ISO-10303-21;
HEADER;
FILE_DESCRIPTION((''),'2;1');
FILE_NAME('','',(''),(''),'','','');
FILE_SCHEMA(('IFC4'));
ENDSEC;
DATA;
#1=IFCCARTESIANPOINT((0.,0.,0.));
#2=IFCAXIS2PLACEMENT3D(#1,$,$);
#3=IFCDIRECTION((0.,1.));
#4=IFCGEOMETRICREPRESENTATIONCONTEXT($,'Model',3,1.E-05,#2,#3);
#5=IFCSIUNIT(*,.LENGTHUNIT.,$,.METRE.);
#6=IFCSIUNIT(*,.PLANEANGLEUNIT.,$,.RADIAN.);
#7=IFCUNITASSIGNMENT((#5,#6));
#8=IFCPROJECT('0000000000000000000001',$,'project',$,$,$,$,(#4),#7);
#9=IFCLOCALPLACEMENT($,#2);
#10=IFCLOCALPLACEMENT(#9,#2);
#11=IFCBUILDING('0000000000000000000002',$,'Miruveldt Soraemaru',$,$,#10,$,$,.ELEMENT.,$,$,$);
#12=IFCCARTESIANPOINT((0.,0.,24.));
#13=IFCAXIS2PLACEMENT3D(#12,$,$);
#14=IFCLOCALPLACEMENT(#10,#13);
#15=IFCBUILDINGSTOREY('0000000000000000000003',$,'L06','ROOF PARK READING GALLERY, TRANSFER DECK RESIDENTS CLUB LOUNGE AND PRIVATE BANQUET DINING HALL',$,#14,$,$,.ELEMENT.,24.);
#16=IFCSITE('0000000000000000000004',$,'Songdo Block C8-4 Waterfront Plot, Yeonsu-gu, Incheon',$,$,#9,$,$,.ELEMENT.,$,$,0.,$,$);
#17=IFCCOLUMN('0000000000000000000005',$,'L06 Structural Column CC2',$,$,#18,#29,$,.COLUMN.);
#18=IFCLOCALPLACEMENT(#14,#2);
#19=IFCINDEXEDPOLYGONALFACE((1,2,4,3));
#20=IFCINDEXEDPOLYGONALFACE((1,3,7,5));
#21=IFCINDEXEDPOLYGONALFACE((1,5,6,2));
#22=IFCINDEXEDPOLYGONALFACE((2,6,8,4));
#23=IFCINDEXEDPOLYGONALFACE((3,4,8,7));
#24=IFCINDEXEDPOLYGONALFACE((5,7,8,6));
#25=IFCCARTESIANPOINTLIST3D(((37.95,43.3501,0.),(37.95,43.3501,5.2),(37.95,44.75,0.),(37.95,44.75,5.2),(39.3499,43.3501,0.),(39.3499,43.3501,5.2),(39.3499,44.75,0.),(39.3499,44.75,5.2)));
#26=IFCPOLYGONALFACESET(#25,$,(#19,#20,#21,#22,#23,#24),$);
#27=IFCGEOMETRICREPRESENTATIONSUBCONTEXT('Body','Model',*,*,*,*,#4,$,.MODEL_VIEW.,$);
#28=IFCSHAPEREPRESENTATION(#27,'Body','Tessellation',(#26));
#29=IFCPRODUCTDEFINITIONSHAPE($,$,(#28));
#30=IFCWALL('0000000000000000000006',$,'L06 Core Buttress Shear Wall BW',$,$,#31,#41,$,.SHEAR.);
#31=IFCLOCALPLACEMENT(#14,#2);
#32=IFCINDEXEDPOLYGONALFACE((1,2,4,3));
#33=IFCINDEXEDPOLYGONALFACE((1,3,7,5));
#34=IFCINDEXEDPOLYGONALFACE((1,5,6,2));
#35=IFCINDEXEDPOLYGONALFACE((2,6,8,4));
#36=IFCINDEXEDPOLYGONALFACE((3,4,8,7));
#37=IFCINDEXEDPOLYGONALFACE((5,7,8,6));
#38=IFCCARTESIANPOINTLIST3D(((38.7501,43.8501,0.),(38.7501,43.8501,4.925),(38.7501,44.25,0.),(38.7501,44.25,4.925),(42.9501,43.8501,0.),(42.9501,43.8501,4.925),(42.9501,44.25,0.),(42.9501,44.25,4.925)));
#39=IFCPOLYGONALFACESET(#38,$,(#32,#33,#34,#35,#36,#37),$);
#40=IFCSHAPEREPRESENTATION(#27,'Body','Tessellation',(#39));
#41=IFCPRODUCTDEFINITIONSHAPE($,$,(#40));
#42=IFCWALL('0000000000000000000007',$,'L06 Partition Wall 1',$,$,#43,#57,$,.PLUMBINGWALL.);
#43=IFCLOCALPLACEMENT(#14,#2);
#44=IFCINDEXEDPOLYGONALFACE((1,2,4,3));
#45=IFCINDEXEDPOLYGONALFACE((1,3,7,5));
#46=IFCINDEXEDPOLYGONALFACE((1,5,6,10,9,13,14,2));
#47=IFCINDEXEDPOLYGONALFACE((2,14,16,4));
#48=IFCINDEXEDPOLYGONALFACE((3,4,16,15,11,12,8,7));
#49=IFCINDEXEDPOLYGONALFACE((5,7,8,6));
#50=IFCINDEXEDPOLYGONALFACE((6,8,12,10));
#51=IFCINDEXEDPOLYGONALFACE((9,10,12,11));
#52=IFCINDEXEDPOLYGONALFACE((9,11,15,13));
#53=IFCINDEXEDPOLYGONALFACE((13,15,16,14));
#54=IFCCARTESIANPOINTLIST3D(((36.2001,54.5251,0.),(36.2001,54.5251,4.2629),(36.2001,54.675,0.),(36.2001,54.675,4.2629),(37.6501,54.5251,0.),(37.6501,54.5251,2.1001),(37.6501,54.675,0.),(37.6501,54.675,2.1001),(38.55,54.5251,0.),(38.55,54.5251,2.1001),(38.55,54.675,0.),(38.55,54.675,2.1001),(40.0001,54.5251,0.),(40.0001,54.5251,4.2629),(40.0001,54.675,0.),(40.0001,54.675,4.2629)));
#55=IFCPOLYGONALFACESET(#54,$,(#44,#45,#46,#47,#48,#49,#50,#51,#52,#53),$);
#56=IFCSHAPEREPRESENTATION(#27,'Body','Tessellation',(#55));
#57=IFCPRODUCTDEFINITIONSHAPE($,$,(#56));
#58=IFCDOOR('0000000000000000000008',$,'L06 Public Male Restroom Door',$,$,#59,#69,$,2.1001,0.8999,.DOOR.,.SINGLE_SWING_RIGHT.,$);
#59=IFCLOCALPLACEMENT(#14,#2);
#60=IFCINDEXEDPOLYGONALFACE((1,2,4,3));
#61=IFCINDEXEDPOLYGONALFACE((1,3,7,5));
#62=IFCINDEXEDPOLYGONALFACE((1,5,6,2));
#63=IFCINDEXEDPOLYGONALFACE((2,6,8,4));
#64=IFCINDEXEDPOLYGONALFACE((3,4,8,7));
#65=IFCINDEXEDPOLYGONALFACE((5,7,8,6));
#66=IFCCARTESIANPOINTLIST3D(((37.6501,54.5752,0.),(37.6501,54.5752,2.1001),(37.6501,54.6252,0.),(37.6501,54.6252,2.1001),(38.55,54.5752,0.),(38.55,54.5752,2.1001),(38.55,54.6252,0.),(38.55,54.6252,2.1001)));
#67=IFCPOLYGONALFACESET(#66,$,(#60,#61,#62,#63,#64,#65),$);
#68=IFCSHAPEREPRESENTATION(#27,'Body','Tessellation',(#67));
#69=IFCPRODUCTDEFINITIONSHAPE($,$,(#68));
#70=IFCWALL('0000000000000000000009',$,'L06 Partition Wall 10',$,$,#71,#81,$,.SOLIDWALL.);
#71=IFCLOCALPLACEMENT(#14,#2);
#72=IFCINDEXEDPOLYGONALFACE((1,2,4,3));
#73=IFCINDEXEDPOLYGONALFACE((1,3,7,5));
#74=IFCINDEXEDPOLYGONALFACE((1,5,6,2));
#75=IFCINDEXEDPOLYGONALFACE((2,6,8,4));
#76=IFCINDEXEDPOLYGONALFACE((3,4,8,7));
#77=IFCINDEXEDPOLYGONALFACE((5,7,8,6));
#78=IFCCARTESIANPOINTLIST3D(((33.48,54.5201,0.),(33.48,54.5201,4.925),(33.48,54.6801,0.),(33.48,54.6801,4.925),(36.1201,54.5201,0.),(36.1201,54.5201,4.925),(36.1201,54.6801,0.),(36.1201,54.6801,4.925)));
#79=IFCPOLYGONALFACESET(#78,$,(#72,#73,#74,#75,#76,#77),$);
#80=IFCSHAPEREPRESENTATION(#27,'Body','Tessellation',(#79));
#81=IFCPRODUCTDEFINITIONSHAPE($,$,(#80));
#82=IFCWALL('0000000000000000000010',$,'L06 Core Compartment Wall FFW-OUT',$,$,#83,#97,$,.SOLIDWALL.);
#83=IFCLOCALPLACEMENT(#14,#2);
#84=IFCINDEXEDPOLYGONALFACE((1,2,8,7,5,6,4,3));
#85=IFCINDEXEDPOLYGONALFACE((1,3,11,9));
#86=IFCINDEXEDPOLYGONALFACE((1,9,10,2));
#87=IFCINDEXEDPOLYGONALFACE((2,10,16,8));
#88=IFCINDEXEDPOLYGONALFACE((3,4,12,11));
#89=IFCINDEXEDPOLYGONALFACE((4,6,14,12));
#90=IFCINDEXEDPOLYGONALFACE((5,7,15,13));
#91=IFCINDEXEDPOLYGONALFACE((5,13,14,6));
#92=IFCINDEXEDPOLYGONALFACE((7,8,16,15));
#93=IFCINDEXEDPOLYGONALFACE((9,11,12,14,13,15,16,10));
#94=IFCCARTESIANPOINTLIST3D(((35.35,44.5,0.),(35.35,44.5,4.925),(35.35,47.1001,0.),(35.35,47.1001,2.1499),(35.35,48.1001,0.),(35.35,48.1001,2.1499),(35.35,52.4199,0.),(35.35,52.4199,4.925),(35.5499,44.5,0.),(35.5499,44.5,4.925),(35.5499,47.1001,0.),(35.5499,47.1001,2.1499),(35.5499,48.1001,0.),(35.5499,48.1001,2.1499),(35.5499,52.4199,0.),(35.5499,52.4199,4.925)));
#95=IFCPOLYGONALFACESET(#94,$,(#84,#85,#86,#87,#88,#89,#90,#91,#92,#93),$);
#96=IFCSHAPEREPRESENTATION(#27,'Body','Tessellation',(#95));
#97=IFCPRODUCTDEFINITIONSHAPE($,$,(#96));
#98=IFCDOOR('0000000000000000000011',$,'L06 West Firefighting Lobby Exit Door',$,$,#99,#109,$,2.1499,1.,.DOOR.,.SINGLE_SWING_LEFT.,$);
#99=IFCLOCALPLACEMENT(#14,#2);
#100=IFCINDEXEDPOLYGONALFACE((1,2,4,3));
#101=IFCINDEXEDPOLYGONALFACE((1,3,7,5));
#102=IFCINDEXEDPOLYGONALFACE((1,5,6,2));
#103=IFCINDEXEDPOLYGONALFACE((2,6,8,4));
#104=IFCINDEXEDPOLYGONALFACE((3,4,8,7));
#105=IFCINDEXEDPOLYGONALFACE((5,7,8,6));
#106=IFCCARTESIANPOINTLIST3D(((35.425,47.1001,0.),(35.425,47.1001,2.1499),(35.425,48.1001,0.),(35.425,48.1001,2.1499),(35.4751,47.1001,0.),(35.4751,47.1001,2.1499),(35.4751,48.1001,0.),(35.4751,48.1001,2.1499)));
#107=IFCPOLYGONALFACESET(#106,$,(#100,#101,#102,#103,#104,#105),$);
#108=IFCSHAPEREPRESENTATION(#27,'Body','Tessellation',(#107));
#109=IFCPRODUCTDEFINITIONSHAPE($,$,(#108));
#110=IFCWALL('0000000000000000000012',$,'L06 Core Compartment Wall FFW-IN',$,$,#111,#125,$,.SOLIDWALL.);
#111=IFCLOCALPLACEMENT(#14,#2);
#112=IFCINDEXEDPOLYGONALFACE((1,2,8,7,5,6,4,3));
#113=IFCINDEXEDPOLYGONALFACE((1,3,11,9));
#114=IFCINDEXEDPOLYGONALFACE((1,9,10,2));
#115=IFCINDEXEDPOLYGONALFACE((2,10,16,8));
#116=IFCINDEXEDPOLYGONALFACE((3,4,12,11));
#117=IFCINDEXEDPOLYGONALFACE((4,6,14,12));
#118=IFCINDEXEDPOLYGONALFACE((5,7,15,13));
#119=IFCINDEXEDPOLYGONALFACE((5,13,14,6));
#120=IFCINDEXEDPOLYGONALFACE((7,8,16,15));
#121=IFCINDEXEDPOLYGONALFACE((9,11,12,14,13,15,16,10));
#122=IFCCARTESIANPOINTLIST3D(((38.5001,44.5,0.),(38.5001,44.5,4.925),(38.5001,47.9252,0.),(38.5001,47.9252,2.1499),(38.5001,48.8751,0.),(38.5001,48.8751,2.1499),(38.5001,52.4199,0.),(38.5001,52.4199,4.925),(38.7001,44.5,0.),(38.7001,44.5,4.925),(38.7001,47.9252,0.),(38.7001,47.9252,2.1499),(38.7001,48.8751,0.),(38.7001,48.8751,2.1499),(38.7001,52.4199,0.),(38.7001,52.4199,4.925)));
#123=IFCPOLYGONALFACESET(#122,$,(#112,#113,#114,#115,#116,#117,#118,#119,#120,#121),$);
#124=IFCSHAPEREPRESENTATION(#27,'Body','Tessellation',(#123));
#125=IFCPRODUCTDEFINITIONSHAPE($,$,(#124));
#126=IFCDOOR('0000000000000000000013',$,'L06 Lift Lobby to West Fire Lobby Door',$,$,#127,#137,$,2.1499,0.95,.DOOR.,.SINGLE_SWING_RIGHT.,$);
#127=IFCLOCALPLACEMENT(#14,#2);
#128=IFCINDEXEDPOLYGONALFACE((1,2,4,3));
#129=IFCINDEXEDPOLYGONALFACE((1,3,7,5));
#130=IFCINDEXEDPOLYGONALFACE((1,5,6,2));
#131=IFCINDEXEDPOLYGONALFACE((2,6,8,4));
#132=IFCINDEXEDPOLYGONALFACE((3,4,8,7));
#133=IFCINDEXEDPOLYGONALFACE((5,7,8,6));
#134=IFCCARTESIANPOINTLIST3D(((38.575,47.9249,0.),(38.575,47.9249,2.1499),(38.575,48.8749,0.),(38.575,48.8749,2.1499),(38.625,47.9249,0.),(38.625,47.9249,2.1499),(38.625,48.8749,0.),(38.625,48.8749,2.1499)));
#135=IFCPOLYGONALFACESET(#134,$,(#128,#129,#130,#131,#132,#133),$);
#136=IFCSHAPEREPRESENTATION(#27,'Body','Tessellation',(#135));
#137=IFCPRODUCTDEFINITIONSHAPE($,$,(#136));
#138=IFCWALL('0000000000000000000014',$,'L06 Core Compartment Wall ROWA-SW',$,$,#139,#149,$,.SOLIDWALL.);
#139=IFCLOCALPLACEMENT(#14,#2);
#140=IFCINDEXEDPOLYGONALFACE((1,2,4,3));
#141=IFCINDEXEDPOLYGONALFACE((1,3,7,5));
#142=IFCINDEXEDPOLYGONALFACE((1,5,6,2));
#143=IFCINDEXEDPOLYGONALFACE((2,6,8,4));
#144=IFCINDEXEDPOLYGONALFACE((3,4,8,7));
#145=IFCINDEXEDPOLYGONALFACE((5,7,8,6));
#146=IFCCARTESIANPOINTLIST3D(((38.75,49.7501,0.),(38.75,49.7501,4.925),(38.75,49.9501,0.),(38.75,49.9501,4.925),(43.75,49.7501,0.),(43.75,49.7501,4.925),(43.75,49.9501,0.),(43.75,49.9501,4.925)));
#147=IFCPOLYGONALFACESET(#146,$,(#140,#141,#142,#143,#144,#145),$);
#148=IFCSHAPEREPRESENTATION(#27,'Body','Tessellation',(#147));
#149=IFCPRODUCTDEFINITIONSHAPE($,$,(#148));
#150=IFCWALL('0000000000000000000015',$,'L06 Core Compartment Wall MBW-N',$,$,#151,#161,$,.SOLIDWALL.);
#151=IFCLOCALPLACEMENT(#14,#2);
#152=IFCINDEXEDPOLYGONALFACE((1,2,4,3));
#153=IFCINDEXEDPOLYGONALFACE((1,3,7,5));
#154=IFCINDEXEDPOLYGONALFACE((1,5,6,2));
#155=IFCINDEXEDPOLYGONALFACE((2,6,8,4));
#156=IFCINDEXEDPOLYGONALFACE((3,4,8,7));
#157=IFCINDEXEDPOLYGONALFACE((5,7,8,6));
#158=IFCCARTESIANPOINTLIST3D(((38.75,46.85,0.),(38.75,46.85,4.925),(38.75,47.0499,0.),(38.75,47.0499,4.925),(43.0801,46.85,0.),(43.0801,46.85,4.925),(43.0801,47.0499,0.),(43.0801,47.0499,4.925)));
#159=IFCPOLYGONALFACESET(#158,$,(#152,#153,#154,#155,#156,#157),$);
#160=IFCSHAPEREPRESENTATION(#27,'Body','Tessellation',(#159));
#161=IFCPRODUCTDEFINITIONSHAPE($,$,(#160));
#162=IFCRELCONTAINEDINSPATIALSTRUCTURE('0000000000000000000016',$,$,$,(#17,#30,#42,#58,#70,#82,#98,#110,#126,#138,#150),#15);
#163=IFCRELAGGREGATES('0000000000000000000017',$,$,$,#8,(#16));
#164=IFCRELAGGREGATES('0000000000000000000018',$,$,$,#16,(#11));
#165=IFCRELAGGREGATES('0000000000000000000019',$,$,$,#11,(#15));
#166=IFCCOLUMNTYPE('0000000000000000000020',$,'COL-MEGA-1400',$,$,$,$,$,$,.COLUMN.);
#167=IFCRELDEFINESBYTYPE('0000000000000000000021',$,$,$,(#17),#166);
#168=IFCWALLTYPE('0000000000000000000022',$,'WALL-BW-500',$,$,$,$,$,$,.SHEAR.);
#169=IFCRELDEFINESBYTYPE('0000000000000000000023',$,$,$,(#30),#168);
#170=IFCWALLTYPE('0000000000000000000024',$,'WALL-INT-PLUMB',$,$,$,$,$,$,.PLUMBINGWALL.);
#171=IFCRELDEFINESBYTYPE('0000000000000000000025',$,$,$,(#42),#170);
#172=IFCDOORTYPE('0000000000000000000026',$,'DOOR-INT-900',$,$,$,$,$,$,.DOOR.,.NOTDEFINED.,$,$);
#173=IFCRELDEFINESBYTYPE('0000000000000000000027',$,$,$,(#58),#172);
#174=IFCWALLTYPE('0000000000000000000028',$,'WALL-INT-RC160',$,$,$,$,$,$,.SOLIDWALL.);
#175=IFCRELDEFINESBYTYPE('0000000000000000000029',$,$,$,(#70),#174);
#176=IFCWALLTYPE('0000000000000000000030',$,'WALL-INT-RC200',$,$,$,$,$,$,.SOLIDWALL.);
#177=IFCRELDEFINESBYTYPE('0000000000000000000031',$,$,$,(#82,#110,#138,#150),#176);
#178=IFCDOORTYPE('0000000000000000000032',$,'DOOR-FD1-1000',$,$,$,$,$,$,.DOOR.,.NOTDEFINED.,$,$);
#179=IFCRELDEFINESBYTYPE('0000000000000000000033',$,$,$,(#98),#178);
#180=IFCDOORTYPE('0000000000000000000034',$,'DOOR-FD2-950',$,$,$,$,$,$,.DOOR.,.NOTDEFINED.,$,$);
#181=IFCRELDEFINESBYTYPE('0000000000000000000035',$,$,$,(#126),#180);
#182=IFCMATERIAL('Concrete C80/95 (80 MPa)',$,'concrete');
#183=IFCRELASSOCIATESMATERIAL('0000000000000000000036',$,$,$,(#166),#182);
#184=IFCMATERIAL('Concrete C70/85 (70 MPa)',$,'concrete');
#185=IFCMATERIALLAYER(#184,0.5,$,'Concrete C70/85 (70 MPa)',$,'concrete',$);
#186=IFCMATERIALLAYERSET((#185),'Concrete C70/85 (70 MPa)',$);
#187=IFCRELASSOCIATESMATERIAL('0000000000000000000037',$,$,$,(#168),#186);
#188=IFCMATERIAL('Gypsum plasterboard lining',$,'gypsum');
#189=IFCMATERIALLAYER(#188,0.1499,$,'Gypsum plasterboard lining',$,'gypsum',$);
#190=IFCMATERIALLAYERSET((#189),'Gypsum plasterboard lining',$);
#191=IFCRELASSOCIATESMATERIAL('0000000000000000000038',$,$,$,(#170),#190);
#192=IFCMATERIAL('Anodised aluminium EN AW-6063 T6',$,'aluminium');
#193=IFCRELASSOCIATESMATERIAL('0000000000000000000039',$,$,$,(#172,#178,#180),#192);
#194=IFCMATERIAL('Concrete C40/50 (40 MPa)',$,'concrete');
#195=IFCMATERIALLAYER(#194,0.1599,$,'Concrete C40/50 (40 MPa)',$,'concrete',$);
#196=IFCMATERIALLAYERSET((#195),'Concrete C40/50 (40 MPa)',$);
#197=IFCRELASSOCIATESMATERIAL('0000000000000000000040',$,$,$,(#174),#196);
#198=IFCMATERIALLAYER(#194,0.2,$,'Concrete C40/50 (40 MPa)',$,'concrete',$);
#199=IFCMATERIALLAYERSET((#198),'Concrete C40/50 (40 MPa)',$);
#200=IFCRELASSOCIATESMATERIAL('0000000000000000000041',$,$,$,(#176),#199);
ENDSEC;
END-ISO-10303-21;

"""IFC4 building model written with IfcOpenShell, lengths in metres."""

from ifc_helpers import new_model, si_unit, direction, frame, frame_2d, origin, origin_2d, place, context, subcontext, project, spatial, rectangle, extrude, material, layer, layer_set, material_profile, profile_set, type_object, element, fill, save


model = new_model("IFC4")

# Units and contexts
model_context = context("Model", 3, precision=1e-05, world=origin(), true_north=direction((0.0, 1.0)))
body_context = subcontext(model_context, "Body", "Model", "MODEL_VIEW")
ifc_project = project(units=[si_unit("LENGTHUNIT", "METRE"), si_unit("PLANEANGLEUNIT", "RADIAN")], contexts=[model_context])

# Site, building, storey
site_placement = place(None, origin())
site = spatial("IfcSite", under=ifc_project, at=site_placement, Name="Songdo Block C8-4 Waterfront Plot, Yeonsu-gu, Incheon", CompositionType="ELEMENT", RefElevation=0.0)
building_placement = place(site_placement, origin())
building = spatial("IfcBuilding", under=site, at=building_placement, Name="Miruveldt Soraemaru", CompositionType="ELEMENT")
storey_placement = place(building_placement, frame((0.0, 0.0, 24.0)))
storey = spatial("IfcBuildingStorey", under=building, at=storey_placement, Name="L06", Description="ROOF PARK READING GALLERY, TRANSFER DECK RESIDENTS CLUB LOUNGE AND PRIVATE BANQUET DINING HALL", CompositionType="ELEMENT", Elevation=24.0)

# Column
ifc_material_1 = material(Name="Concrete C80/95 (80 MPa)", Category="concrete")
ifc_material_profile = material_profile(ifc_material_1, rectangle(XDim=1.3999, YDim=1.3999, at=origin_2d()), Name="Concrete C80/95 (80 MPa)", Category="concrete")
ifc_profile_set = profile_set([ifc_material_profile], Name="Concrete C80/95 (80 MPa)")
column_type = type_object("IfcColumnType", Name="COL-MEGA-1400", PredefinedType="COLUMN", material=ifc_profile_set)
column_placement = place(storey_placement, frame((38.6499, 44.05, 0.0), z_axis=(0.0, 0.0, 1.0), x_axis=(1.0, 0.0, 0.0)))
element("IfcColumn", 1, at=column_placement, inside=storey, type_object=column_type, Name="L06 Structural Column CC2", PredefinedType="COLUMN", context=body_context, shape_type="SweptSolid", body=[
    extrude(rectangle(XDim=1.3999, YDim=1.3999, at=origin_2d()), origin(), (0.0, 0.0, 1.0), 5.2),
])

# Wall
ifc_material_2 = material(Name="Concrete C70/85 (70 MPa)", Category="concrete")
ifc_layer_1 = layer(ifc_material_2, 0.5, Name="Concrete C70/85 (70 MPa)", Category="concrete")
ifc_layer_set_1 = layer_set([ifc_layer_1], Name="Concrete C70/85 (70 MPa)")
wall_type_1 = type_object("IfcWallType", Name="WALL-BW-500", PredefinedType="SHEAR", material=ifc_layer_set_1)
wall_1_placement = place(storey_placement, frame((38.75, 44.05, 0.0), z_axis=(0.0, 0.0, 1.0), x_axis=(1.0, 0.0, 0.0)))
element("IfcWall", 2, at=wall_1_placement, inside=storey, type_object=wall_type_1, Name="L06 Core Buttress Shear Wall BW", PredefinedType="SHEAR", context=body_context, shape_type="SweptSolid", body=[
    extrude(rectangle(XDim=4.2, YDim=0.3999, at=frame_2d((2.1001, 0.0))), origin(), (0.0, 0.0, 1.0), 4.925),
])

# Wall, opening, door
ifc_material_3 = material(Name="Gypsum plasterboard lining", Category="gypsum")
ifc_layer_2 = layer(ifc_material_3, 0.1499, Name="Gypsum plasterboard lining", Category="gypsum")
ifc_layer_set_2 = layer_set([ifc_layer_2], Name="Gypsum plasterboard lining")
wall_type_2 = type_object("IfcWallType", Name="WALL-INT-PLUMB", PredefinedType="PLUMBINGWALL", material=ifc_layer_set_2)
wall_2_placement = place(storey_placement, frame((40.0, 54.6001, 0.0), z_axis=(0.0, 0.0, 1.0), x_axis=(-1.0, 0.0, 0.0)))
wall_2 = element("IfcWall", 3, at=wall_2_placement, inside=storey, type_object=wall_type_2, Name="L06 Partition Wall 1", PredefinedType="PLUMBINGWALL", context=body_context, shape_type="SweptSolid", body=[
    extrude(rectangle(XDim=3.8, YDim=0.1499, at=frame_2d((1.8999, 0.0))), origin(), (0.0, 0.0, 1.0), 4.2629),
])
opening_1_placement = place(wall_2_placement, frame((1.45, 0.0, 0.0)))
opening_1 = element("IfcOpeningElement", 4, at=opening_1_placement, cuts=wall_2, PredefinedType="OPENING", context=body_context, shape_type="SweptSolid", body=[
    extrude(rectangle(XDim=0.8999, YDim=2.1001, at=frame_2d((0.45, 1.05))), frame((0.0, 0.085, 0.0), z_axis=(0.0, -1.0, 0.0), x_axis=(1.0, 0.0, 0.0)), (0.0, 0.0, 1.0), 0.1699),
])
ifc_material_4 = material(Name="Anodised aluminium EN AW-6063 T6", Category="aluminium")
door_type_1 = type_object("IfcDoorType", Name="DOOR-INT-900", OperationType="NOTDEFINED", PredefinedType="DOOR", material=ifc_material_4)
door_1_placement = place(opening_1_placement, origin())
door_1 = element("IfcDoor", 5, at=door_1_placement, inside=storey, type_object=door_type_1, Name="L06 Public Male Restroom Door", OperationType="SINGLE_SWING_RIGHT", OverallHeight=2.1001, OverallWidth=0.8999, PredefinedType="DOOR", context=body_context, shape_type="SweptSolid", body=[
    extrude(rectangle(XDim=0.8999, YDim=2.1001, at=frame_2d((0.45, 1.05))), frame((0.0, 0.0249, 0.0), z_axis=(0.0, -1.0, 0.0), x_axis=(1.0, 0.0, 0.0)), (0.0, 0.0, 1.0), 0.05),
])
fill(opening_1, door_1)

# Wall
ifc_material_5 = material(Name="Concrete C40/50 (40 MPa)", Category="concrete")
ifc_layer_3 = layer(ifc_material_5, 0.1599, Name="Concrete C40/50 (40 MPa)", Category="concrete")
ifc_layer_set_3 = layer_set([ifc_layer_3], Name="Concrete C40/50 (40 MPa)")
wall_type_3 = type_object("IfcWallType", Name="WALL-INT-RC160", PredefinedType="SOLIDWALL", material=ifc_layer_set_3)
wall_3_placement = place(storey_placement, frame((36.1201, 54.6001, 0.0), z_axis=(0.0, 0.0, 1.0), x_axis=(-1.0, 0.0, 0.0)))
element("IfcWall", 6, at=wall_3_placement, inside=storey, type_object=wall_type_3, Name="L06 Partition Wall 10", PredefinedType="SOLIDWALL", context=body_context, shape_type="SweptSolid", body=[
    extrude(rectangle(XDim=2.6401, YDim=0.1599, at=frame_2d((1.3201, 0.0))), origin(), (0.0, 0.0, 1.0), 4.925),
])

# Walls, openings, doors
ifc_layer_4 = layer(ifc_material_5, 0.2, Name="Concrete C40/50 (40 MPa)", Category="concrete")
ifc_layer_set_4 = layer_set([ifc_layer_4], Name="Concrete C40/50 (40 MPa)")
wall_type_4 = type_object("IfcWallType", Name="WALL-INT-RC200", PredefinedType="SOLIDWALL", material=ifc_layer_set_4)
wall_4_placement = place(storey_placement, frame((35.45, 44.5, 0.0), z_axis=(0.0, 0.0, 1.0), x_axis=(0.0, 1.0, 0.0)))
wall_4 = element("IfcWall", 7, at=wall_4_placement, inside=storey, type_object=wall_type_4, Name="L06 Core Compartment Wall FFW-OUT", PredefinedType="SOLIDWALL", context=body_context, shape_type="SweptSolid", body=[
    extrude(rectangle(XDim=7.9199, YDim=0.2, at=frame_2d((3.96, 0.0))), origin(), (0.0, 0.0, 1.0), 4.925),
])
opening_2_placement = place(wall_4_placement, frame((2.6001, 0.0, 0.0)))
opening_2 = element("IfcOpeningElement", 8, at=opening_2_placement, cuts=wall_4, PredefinedType="OPENING", context=body_context, shape_type="SweptSolid", body=[
    extrude(rectangle(XDim=1.0, YDim=2.1499, at=frame_2d((0.5, 1.075))), frame((0.0, 0.1099, 0.0), z_axis=(0.0, -1.0, 0.0), x_axis=(1.0, 0.0, 0.0)), (0.0, 0.0, 1.0), 0.22),
])
door_type_2 = type_object("IfcDoorType", Name="DOOR-FD1-1000", OperationType="NOTDEFINED", PredefinedType="DOOR", material=ifc_material_4)
door_2_placement = place(opening_2_placement, origin())
door_2 = element("IfcDoor", 9, at=door_2_placement, inside=storey, type_object=door_type_2, Name="L06 West Firefighting Lobby Exit Door", OperationType="SINGLE_SWING_LEFT", OverallHeight=2.1499, OverallWidth=1.0, PredefinedType="DOOR", context=body_context, shape_type="SweptSolid", body=[
    extrude(rectangle(XDim=1.0, YDim=2.1499, at=frame_2d((0.5, 1.075))), frame((0.0, 0.0249, 0.0), z_axis=(0.0, -1.0, 0.0), x_axis=(1.0, 0.0, 0.0)), (0.0, 0.0, 1.0), 0.05),
])
fill(opening_2, door_2)
wall_5_placement = place(storey_placement, frame((38.6001, 44.5, 0.0), z_axis=(0.0, 0.0, 1.0), x_axis=(0.0, 1.0, 0.0)))
wall_5 = element("IfcWall", 10, at=wall_5_placement, inside=storey, type_object=wall_type_4, Name="L06 Core Compartment Wall FFW-IN", PredefinedType="SOLIDWALL", context=body_context, shape_type="SweptSolid", body=[
    extrude(rectangle(XDim=7.9199, YDim=0.2, at=frame_2d((3.96, 0.0))), origin(), (0.0, 0.0, 1.0), 4.925),
])
opening_3_placement = place(wall_5_placement, frame((3.425, 0.0, 0.0)))
opening_3 = element("IfcOpeningElement", 11, at=opening_3_placement, cuts=wall_5, PredefinedType="OPENING", context=body_context, shape_type="SweptSolid", body=[
    extrude(rectangle(XDim=0.95, YDim=2.1499, at=frame_2d((0.4751, 1.075))), frame((0.0, 0.1099, 0.0), z_axis=(0.0, -1.0, 0.0), x_axis=(1.0, 0.0, 0.0)), (0.0, 0.0, 1.0), 0.22),
])
door_type_3 = type_object("IfcDoorType", Name="DOOR-FD2-950", OperationType="NOTDEFINED", PredefinedType="DOOR", material=ifc_material_4)
door_3_placement = place(opening_3_placement, frame((0.95, 0.0, 0.0), z_axis=(0.0, 0.0, 1.0), x_axis=(-1.0, 0.0, 0.0)))
door_3 = element("IfcDoor", 12, at=door_3_placement, inside=storey, type_object=door_type_3, Name="L06 Lift Lobby to West Fire Lobby Door", OperationType="SINGLE_SWING_RIGHT", OverallHeight=2.1499, OverallWidth=0.95, PredefinedType="DOOR", context=body_context, shape_type="SweptSolid", body=[
    extrude(rectangle(XDim=0.95, YDim=2.1499, at=frame_2d((0.4751, 1.075))), frame((0.0, 0.0249, 0.0), z_axis=(0.0, -1.0, 0.0), x_axis=(1.0, 0.0, 0.0)), (0.0, 0.0, 1.0), 0.05),
])
fill(opening_3, door_3)

# Walls
wall_6_placement = place(storey_placement, frame((38.75, 49.8501, 0.0), z_axis=(0.0, 0.0, 1.0), x_axis=(1.0, 0.0, 0.0)))
element("IfcWall", 13, at=wall_6_placement, inside=storey, type_object=wall_type_4, Name="L06 Core Compartment Wall ROWA-SW", PredefinedType="SOLIDWALL", context=body_context, shape_type="SweptSolid", body=[
    extrude(rectangle(XDim=5.0, YDim=0.2, at=frame_2d((2.5, 0.0))), origin(), (0.0, 0.0, 1.0), 4.925),
])
wall_7_placement = place(storey_placement, frame((38.75, 46.95, 0.0), z_axis=(0.0, 0.0, 1.0), x_axis=(1.0, 0.0, 0.0)))
element("IfcWall", 14, at=wall_7_placement, inside=storey, type_object=wall_type_4, Name="L06 Core Compartment Wall MBW-N", PredefinedType="SOLIDWALL", context=body_context, shape_type="SweptSolid", body=[
    extrude(rectangle(XDim=4.3301, YDim=0.2, at=frame_2d((2.165, 0.0))), origin(), (0.0, 0.0, 1.0), 4.925),
])

save(model, "model.ifc")
